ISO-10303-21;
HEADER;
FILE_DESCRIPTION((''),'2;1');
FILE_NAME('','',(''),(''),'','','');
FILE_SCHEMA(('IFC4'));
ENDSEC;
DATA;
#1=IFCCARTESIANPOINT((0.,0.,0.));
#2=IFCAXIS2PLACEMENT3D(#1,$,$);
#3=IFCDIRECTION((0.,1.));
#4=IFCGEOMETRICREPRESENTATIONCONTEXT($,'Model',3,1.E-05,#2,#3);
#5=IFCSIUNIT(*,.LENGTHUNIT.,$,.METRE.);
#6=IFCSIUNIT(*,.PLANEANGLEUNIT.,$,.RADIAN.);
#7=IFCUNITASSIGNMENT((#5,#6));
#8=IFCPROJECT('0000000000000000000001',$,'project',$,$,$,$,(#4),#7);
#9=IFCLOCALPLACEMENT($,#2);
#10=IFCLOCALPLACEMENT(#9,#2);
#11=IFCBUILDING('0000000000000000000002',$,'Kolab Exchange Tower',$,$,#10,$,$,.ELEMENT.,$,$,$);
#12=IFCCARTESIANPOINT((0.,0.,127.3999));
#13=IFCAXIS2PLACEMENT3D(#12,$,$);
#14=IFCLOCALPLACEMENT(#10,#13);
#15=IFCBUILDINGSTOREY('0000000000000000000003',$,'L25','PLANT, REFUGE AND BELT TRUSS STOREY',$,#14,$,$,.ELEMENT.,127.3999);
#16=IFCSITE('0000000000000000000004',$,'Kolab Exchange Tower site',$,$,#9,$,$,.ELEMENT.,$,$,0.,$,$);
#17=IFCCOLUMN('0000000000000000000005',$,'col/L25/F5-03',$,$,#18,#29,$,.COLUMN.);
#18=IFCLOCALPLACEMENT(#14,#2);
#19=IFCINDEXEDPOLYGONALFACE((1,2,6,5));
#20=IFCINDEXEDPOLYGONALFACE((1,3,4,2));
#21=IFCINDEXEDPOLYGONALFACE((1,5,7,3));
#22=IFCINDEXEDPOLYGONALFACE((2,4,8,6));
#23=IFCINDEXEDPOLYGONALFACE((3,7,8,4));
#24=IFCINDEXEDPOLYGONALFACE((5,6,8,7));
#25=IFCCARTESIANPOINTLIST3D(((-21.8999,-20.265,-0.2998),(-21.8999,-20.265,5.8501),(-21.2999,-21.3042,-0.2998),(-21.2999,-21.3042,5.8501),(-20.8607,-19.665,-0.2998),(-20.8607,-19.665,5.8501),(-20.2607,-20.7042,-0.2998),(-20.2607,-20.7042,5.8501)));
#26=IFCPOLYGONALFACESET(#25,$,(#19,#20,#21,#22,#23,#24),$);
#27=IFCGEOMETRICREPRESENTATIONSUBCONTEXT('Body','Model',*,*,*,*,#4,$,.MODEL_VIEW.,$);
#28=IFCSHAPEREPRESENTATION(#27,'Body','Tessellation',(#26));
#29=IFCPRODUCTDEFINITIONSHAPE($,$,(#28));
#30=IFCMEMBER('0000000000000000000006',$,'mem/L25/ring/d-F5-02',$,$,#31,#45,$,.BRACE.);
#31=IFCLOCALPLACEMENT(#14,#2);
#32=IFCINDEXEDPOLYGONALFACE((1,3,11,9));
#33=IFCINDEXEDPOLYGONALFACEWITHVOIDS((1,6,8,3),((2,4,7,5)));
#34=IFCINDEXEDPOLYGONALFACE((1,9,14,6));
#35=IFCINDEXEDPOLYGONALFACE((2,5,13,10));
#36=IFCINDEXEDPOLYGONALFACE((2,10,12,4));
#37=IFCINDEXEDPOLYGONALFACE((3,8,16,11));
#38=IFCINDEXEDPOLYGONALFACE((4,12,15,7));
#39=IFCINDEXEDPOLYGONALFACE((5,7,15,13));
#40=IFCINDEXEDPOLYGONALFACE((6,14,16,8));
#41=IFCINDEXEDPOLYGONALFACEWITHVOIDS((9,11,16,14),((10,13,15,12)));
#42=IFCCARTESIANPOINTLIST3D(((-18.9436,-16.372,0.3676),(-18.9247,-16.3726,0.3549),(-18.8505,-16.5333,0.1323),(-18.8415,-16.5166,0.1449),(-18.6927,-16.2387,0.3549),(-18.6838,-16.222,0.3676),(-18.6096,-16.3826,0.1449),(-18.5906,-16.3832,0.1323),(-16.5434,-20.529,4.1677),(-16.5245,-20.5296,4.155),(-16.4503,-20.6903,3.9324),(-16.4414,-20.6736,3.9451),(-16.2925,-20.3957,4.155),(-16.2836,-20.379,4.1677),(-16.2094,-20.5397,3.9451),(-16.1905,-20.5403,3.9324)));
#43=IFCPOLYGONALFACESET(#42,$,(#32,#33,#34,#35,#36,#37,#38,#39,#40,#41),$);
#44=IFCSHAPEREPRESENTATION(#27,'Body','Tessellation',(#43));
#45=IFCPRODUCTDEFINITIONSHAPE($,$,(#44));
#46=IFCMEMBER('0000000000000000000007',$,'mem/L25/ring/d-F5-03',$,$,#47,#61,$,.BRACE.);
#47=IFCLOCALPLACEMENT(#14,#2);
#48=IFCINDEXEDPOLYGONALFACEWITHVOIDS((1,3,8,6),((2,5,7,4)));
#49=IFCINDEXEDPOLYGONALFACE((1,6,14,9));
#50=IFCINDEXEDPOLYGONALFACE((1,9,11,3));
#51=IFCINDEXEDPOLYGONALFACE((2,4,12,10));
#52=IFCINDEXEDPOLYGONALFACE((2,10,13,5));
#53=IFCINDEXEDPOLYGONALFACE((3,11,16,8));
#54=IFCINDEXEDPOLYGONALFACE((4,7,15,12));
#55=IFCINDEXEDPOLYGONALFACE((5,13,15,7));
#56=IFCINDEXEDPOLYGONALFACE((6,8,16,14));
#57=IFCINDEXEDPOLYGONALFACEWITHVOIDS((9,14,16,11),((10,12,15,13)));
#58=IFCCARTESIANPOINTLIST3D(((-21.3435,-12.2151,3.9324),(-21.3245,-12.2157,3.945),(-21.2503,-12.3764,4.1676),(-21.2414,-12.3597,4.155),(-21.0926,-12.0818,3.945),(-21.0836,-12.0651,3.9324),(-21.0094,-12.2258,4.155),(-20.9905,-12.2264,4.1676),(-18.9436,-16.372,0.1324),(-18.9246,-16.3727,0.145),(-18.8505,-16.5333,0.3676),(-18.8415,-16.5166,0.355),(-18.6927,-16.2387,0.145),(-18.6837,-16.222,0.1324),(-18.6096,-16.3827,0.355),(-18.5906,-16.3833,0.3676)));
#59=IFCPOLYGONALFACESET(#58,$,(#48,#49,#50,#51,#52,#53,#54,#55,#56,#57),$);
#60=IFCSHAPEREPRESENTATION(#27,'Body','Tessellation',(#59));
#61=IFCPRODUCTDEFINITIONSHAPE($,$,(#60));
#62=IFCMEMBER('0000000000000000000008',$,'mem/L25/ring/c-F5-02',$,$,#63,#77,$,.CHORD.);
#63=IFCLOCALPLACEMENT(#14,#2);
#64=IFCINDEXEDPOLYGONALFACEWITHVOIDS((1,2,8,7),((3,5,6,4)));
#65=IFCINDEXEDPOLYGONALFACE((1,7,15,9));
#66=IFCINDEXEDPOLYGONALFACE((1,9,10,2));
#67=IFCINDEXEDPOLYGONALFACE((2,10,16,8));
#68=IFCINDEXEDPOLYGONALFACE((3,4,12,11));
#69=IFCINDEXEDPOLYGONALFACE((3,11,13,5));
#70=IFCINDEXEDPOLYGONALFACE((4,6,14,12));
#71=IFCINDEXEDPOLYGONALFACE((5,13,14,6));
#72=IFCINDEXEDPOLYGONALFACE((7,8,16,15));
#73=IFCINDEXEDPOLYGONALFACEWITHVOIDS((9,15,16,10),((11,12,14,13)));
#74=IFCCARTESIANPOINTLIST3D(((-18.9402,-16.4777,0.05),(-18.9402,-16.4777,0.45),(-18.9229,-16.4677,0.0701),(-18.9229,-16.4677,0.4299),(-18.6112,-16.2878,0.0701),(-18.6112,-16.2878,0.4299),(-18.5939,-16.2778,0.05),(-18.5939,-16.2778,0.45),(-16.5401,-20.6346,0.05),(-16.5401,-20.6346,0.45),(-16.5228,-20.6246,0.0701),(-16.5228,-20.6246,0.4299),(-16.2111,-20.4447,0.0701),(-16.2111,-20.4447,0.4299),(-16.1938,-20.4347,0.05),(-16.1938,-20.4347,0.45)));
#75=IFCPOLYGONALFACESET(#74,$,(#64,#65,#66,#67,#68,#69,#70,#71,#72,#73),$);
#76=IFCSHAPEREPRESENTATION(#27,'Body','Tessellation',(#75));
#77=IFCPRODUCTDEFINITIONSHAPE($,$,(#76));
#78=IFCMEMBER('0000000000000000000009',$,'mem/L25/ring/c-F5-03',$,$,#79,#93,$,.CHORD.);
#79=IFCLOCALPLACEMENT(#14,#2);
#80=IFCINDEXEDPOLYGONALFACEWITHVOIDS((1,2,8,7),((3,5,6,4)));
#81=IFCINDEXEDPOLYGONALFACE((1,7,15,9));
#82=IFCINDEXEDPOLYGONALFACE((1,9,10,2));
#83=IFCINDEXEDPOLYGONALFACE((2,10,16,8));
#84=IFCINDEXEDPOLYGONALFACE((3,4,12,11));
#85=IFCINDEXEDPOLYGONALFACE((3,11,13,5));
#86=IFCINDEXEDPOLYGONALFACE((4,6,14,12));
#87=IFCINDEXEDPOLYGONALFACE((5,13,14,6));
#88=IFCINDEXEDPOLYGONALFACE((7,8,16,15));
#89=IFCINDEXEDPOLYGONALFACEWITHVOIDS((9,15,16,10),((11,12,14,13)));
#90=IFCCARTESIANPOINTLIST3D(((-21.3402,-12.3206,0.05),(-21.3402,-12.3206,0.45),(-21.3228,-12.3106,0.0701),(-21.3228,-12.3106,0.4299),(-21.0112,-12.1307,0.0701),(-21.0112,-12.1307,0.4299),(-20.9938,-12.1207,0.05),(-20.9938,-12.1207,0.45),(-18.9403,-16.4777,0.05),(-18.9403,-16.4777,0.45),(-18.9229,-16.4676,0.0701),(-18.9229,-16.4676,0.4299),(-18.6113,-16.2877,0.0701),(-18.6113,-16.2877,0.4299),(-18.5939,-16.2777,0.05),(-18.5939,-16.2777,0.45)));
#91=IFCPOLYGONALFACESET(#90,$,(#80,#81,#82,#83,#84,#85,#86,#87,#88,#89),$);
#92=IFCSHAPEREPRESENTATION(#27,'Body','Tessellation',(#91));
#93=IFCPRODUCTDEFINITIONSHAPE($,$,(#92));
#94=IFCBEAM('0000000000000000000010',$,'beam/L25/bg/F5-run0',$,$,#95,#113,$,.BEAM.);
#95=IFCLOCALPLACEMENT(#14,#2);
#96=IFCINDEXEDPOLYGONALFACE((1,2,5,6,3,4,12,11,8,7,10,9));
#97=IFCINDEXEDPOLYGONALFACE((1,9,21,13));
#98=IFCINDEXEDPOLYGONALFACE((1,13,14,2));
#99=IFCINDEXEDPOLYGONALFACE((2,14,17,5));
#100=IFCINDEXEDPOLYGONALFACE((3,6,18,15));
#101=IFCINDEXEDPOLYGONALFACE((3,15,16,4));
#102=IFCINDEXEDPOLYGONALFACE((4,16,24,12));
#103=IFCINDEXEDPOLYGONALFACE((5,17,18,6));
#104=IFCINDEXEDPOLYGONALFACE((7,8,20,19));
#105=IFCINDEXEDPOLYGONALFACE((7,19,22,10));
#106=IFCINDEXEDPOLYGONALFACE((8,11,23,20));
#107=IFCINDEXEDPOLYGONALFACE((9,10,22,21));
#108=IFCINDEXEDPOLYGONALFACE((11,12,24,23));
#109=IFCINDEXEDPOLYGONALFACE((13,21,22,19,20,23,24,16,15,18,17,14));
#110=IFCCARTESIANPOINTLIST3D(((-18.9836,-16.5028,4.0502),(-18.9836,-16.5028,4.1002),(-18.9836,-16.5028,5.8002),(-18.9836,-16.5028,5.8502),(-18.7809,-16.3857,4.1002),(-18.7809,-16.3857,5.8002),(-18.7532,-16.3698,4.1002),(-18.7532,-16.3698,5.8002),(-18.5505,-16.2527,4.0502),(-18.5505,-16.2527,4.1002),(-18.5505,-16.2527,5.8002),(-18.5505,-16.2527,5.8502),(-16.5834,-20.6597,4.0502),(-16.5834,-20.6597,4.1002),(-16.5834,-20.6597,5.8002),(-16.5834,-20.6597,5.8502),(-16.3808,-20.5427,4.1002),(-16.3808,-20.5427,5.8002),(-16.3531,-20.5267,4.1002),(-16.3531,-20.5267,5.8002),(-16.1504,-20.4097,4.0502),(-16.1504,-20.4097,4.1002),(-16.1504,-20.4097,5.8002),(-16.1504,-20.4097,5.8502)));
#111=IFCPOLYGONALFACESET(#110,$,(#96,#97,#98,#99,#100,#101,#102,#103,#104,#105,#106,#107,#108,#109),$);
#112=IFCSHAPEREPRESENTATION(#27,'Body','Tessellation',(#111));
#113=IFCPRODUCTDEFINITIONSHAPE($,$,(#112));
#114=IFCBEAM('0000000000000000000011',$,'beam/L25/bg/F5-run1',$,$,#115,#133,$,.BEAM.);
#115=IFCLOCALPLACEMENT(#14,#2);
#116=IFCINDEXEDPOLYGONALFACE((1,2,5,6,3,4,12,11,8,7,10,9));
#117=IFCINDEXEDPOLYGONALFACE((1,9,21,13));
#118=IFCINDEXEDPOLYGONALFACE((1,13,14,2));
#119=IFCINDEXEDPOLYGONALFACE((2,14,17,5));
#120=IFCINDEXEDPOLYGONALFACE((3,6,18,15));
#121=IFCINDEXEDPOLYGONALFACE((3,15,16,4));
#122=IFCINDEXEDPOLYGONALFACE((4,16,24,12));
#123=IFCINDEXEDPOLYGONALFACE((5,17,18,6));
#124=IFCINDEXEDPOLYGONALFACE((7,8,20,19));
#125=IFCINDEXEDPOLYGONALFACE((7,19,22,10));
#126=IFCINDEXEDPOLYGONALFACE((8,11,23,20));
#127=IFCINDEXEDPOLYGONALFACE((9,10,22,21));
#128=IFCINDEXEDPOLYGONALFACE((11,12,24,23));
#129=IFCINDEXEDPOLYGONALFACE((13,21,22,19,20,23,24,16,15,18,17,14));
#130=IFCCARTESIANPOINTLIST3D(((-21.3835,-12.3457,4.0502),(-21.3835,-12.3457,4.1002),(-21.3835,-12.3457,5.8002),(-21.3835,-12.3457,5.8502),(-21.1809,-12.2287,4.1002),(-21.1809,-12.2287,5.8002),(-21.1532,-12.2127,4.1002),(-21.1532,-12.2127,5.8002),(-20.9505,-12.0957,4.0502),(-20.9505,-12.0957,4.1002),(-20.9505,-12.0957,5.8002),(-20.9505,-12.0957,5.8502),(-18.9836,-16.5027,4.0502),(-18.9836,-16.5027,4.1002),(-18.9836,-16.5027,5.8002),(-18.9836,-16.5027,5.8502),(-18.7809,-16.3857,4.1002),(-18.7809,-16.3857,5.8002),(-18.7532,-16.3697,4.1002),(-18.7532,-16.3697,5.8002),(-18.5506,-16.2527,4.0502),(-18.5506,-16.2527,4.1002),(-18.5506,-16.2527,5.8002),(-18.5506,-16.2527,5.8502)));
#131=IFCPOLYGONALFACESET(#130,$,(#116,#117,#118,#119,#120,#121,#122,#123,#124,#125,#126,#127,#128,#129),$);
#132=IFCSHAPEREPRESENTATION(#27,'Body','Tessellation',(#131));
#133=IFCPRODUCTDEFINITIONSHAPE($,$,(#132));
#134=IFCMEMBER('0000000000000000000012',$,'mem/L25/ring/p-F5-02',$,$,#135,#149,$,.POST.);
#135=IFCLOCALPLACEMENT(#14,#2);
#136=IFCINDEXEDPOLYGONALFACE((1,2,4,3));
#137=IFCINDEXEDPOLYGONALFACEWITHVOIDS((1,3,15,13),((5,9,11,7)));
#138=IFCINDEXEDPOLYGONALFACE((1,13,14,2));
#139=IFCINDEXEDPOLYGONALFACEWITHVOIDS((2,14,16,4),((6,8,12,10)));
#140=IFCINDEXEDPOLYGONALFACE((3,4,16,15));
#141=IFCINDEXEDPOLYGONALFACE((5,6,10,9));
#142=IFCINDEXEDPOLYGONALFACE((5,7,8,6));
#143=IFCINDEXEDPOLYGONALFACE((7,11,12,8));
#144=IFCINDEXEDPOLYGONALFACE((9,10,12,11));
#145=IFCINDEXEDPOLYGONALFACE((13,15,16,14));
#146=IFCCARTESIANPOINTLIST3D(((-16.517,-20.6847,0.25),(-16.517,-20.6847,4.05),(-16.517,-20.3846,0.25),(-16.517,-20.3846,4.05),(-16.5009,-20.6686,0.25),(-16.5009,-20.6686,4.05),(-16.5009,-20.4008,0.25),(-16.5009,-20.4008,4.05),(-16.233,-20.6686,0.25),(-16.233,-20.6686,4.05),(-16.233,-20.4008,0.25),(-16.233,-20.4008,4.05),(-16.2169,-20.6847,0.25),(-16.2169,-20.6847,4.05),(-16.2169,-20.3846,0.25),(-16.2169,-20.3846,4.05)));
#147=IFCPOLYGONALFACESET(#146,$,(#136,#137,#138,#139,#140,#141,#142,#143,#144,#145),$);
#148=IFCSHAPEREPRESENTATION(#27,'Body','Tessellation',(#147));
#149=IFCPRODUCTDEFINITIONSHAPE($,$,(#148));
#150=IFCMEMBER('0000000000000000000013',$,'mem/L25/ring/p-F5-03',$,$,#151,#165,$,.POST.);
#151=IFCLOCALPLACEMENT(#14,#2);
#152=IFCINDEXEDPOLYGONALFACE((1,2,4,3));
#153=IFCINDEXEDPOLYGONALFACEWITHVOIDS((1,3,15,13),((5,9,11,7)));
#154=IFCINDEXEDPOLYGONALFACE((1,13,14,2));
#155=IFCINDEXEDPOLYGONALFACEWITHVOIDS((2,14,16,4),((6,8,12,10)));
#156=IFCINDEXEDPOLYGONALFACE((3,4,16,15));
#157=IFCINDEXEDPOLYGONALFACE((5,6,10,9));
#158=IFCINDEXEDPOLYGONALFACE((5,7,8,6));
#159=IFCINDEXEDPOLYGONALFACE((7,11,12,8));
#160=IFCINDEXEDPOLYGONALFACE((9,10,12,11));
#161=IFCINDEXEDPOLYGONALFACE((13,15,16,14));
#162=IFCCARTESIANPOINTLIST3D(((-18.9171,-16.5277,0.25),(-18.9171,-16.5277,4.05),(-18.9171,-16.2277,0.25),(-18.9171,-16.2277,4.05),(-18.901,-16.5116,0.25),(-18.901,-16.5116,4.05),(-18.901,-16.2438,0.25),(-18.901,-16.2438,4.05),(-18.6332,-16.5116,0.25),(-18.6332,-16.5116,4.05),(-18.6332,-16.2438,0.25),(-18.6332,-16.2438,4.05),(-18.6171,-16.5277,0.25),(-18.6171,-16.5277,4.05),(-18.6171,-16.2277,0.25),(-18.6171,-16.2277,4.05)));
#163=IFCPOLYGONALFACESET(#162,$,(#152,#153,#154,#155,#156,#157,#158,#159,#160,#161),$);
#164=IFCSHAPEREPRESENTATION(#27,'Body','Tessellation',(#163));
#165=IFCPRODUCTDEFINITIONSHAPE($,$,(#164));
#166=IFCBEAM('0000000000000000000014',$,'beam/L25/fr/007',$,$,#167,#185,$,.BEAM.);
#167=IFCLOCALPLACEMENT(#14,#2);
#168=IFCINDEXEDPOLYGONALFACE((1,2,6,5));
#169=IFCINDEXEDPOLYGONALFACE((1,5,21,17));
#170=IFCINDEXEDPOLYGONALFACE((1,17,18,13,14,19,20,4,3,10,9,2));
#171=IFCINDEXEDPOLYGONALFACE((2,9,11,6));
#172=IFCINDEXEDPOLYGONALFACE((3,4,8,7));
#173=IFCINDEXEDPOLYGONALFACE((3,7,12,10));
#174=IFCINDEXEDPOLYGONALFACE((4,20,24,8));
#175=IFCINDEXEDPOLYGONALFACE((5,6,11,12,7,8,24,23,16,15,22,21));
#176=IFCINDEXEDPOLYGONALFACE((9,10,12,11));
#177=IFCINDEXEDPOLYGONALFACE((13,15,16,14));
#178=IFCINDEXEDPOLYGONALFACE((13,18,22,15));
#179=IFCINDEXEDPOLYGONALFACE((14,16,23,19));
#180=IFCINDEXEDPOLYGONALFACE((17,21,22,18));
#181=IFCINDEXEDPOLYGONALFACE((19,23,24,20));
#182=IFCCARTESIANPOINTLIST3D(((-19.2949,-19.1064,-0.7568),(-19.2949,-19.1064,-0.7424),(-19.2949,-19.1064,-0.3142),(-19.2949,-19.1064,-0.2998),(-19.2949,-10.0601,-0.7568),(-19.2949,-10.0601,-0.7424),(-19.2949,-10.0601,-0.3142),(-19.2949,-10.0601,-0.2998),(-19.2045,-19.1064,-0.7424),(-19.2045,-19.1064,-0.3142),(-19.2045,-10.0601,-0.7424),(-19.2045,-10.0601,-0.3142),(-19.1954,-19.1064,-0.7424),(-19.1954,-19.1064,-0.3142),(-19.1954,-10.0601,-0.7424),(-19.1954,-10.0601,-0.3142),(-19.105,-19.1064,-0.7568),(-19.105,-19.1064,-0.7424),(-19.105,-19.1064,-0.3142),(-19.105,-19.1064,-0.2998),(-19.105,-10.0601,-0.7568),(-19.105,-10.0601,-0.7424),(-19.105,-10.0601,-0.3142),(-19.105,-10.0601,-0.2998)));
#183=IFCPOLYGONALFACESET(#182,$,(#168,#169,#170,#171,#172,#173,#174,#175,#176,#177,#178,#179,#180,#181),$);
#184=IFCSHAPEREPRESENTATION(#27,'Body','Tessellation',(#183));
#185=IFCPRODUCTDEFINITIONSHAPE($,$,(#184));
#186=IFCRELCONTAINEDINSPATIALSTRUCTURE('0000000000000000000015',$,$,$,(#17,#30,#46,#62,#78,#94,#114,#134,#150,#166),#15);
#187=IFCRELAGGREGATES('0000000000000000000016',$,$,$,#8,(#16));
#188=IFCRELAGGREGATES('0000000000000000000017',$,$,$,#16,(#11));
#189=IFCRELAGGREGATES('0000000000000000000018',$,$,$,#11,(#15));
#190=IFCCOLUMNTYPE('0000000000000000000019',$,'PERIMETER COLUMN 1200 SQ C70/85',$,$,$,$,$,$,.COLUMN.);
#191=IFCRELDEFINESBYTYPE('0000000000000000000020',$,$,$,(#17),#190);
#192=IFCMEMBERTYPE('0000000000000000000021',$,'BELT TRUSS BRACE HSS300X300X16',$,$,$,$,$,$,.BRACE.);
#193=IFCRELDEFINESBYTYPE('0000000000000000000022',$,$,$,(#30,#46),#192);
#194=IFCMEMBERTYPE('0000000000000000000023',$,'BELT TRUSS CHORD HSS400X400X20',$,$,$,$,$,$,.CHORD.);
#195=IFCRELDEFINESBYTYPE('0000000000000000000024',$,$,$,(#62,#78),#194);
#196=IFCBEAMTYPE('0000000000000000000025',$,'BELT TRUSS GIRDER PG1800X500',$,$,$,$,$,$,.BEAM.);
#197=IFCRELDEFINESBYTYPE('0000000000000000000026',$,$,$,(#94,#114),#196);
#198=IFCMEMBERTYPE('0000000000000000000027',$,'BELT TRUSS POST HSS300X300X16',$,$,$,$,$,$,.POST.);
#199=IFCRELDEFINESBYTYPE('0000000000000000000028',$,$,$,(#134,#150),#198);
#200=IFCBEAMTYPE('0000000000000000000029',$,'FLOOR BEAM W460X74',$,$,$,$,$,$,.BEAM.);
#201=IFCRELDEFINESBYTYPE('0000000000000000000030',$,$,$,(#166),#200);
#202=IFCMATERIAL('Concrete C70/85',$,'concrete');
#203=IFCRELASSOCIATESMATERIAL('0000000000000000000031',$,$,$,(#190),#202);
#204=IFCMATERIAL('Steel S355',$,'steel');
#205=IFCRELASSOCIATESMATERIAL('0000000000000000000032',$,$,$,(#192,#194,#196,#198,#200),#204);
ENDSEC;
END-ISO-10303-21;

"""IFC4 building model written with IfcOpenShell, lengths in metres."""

from ifc_helpers import new_model, si_unit, direction, frame, origin, origin_2d, place, context, subcontext, project, spatial, rectangle, hollow_rectangle, i_section, extrude, material, material_profile, profile_set, type_object, element, save


model = new_model("IFC4")

# Units and contexts
model_context = context("Model", 3, precision=1e-05, world=origin(), true_north=direction((0.0, 1.0)))
body_context = subcontext(model_context, "Body", "Model", "MODEL_VIEW")
ifc_project = project(units=[si_unit("LENGTHUNIT", "METRE"), si_unit("PLANEANGLEUNIT", "RADIAN")], contexts=[model_context])

# Site, building, storey
site_placement = place(None, origin())
site = spatial("IfcSite", under=ifc_project, at=site_placement, Name="Kolab Exchange Tower site", CompositionType="ELEMENT", RefElevation=0.0)
building_placement = place(site_placement, origin())
building = spatial("IfcBuilding", under=site, at=building_placement, Name="Kolab Exchange Tower", CompositionType="ELEMENT")
storey_placement = place(building_placement, frame((0.0, 0.0, 127.3999)))
storey = spatial("IfcBuildingStorey", under=building, at=storey_placement, Name="L25", Description="PLANT, REFUGE AND BELT TRUSS STOREY", CompositionType="ELEMENT", Elevation=127.3999)

# Column
ifc_material_1 = material(Name="Concrete C70/85", Category="concrete")
ifc_material_profile_1 = material_profile(ifc_material_1, rectangle(XDim=1.2, YDim=1.2, at=origin_2d()), Name="RC1200")
ifc_profile_set_1 = profile_set([ifc_material_profile_1], Name="Concrete C70/85")
column_type = type_object("IfcColumnType", Name="PERIMETER COLUMN 1200 SQ C70/85", PredefinedType="COLUMN", material=ifc_profile_set_1)
column_placement = place(storey_placement, frame((-21.0803, -20.4846, -0.2998), z_axis=(0.0, 0.0, 1.0), x_axis=(0.866025, 0.5, 0.0)))
element("IfcColumn", 1, at=column_placement, inside=storey, type_object=column_type, Name="col/L25/F5-03", PredefinedType="COLUMN", context=body_context, shape_type="SweptSolid", body=[
    extrude(rectangle(XDim=1.2, YDim=1.2, at=origin_2d()), origin(), (0.0, 0.0, 1.0), 6.1499),
])

# Members
ifc_material_2 = material(Name="Steel S355", Category="steel")
ifc_material_profile_2 = material_profile(ifc_material_2, hollow_rectangle(XDim=0.3, YDim=0.3, WallThickness=0.0161, at=origin_2d()), Name="HSS300X300X16")
ifc_profile_set_2 = profile_set([ifc_material_profile_2], Name="Steel S355")
member_type_1 = type_object("IfcMemberType", Name="BELT TRUSS BRACE HSS300X300X16", PredefinedType="BRACE", material=ifc_profile_set_2)
member_1_placement = place(storey_placement, frame((-16.3669, -20.5347, 4.05), z_axis=(-0.392039, 0.678999, -0.620698), x_axis=(-0.866015, -0.500017, 0.0)))
element("IfcMember", 2, at=member_1_placement, inside=storey, type_object=member_type_1, Name="mem/L25/ring/d-F5-02", PredefinedType="BRACE", context=body_context, shape_type="SweptSolid", body=[
    extrude(hollow_rectangle(XDim=0.3, YDim=0.3, WallThickness=0.0161, at=origin_2d()), origin(), (0.0, 0.0, 1.0), 6.1223),
])
member_2_placement = place(storey_placement, frame((-18.7671, -16.3777, 0.25), z_axis=(-0.392005, 0.67901, 0.620708), x_axis=(-0.866037, -0.499979, 0.0)))
element("IfcMember", 3, at=member_2_placement, inside=storey, type_object=member_type_1, Name="mem/L25/ring/d-F5-03", PredefinedType="BRACE", context=body_context, shape_type="SweptSolid", body=[
    extrude(hollow_rectangle(XDim=0.3, YDim=0.3, WallThickness=0.0161, at=origin_2d()), origin(), (0.0, 0.0, 1.0), 6.1221),
])
ifc_material_profile_3 = material_profile(ifc_material_2, hollow_rectangle(XDim=0.3999, YDim=0.3999, WallThickness=0.02, at=origin_2d()), Name="HSS400X400X20")
ifc_profile_set_3 = profile_set([ifc_material_profile_3], Name="Steel S355")
member_type_2 = type_object("IfcMemberType", Name="BELT TRUSS CHORD HSS400X400X20", PredefinedType="CHORD", material=ifc_profile_set_3)
for number, where, z_axis, x_axis, name in (
    (4, (-16.3669, -20.5347, 0.25), (-0.500017, 0.866015, 0.0), (-0.866015, -0.500017, 0.0), "mem/L25/ring/c-F5-02"),
    (5, (-18.7671, -16.3777, 0.25), (-0.499979, 0.866037, 0.0), (-0.866037, -0.499979, 0.0), "mem/L25/ring/c-F5-03"),
):
    element("IfcMember", number, at=place(storey_placement, frame(where, z_axis=z_axis, x_axis=x_axis)), inside=storey, type_object=member_type_2, Name=name, PredefinedType="CHORD", context=body_context, shape_type="SweptSolid", body=[
        extrude(hollow_rectangle(XDim=0.3999, YDim=0.3999, WallThickness=0.02, at=origin_2d()), origin(), (0.0, 0.0, 1.0), 4.8),
    ])

# Beams
ifc_material_profile_4 = material_profile(ifc_material_2, i_section(OverallWidth=0.5, OverallDepth=1.8, WebThickness=0.032, FlangeThickness=0.05, at=origin_2d()), Name="PG1800X500")
ifc_profile_set_4 = profile_set([ifc_material_profile_4], Name="Steel S355")
beam_type_1 = type_object("IfcBeamType", Name="BELT TRUSS GIRDER PG1800X500", PredefinedType="BEAM", material=ifc_profile_set_4)
for number, where, z_axis, x_axis, name in (
    (6, (-16.3669, -20.5347, 4.9502), (-0.500017, 0.866015, 0.0), (-0.866015, -0.500017, 0.0), "beam/L25/bg/F5-run0"),
    (7, (-18.7671, -16.3777, 4.9502), (-0.499979, 0.866037, 0.0), (-0.866037, -0.499979, 0.0), "beam/L25/bg/F5-run1"),
):
    element("IfcBeam", number, at=place(storey_placement, frame(where, z_axis=z_axis, x_axis=x_axis)), inside=storey, type_object=beam_type_1, Name=name, PredefinedType="BEAM", context=body_context, shape_type="SweptSolid", body=[
        extrude(i_section(OverallWidth=0.5, OverallDepth=1.8, WebThickness=0.032, FlangeThickness=0.05, at=origin_2d()), origin(), (0.0, 0.0, 1.0), 4.8),
    ])

# Members
ifc_material_profile_5 = material_profile(ifc_material_2, hollow_rectangle(XDim=0.3, YDim=0.3, WallThickness=0.0161, at=origin_2d()), Name="HSS300X300X16")
ifc_profile_set_5 = profile_set([ifc_material_profile_5], Name="Steel S355")
member_type_3 = type_object("IfcMemberType", Name="BELT TRUSS POST HSS300X300X16", PredefinedType="POST", material=ifc_profile_set_5)
for number, where, z_axis, x_axis, name in (
    (8, (-16.3669, -20.5347, 0.25), (0.0, 0.0, 1.0), (1.0, 0.0, 0.0), "mem/L25/ring/p-F5-02"),
    (9, (-18.7671, -16.3777, 0.25), (0.0, 0.0, 1.0), (1.0, 0.0, 0.0), "mem/L25/ring/p-F5-03"),
):
    element("IfcMember", number, at=place(storey_placement, frame(where, z_axis=z_axis, x_axis=x_axis)), inside=storey, type_object=member_type_3, Name=name, PredefinedType="POST", context=body_context, shape_type="SweptSolid", body=[
        extrude(hollow_rectangle(XDim=0.3, YDim=0.3, WallThickness=0.0161, at=origin_2d()), origin(), (0.0, 0.0, 1.0), 3.8),
    ])

# Beam
ifc_material_profile_6 = material_profile(ifc_material_2, i_section(OverallWidth=0.1899, OverallDepth=0.457, WebThickness=0.009, FlangeThickness=0.0144, at=origin_2d()), Name="W460X74")
ifc_profile_set_6 = profile_set([ifc_material_profile_6], Name="Steel S355")
beam_type_2 = type_object("IfcBeamType", Name="FLOOR BEAM W460X74", PredefinedType="BEAM", material=ifc_profile_set_6)
beam_1_placement = place(storey_placement, frame((-19.2, -19.1064, -0.5283), z_axis=(0.0, 1.0, 0.0), x_axis=(-1.0, 0.0, 0.0)))
element("IfcBeam", 10, at=beam_1_placement, inside=storey, type_object=beam_type_2, Name="beam/L25/fr/007", PredefinedType="BEAM", context=body_context, shape_type="SweptSolid", body=[
    extrude(i_section(OverallWidth=0.1899, OverallDepth=0.457, WebThickness=0.009, FlangeThickness=0.0144, at=origin_2d()), origin(), (0.0, 0.0, 1.0), 9.0464),
])

save(model, "model.ifc")
